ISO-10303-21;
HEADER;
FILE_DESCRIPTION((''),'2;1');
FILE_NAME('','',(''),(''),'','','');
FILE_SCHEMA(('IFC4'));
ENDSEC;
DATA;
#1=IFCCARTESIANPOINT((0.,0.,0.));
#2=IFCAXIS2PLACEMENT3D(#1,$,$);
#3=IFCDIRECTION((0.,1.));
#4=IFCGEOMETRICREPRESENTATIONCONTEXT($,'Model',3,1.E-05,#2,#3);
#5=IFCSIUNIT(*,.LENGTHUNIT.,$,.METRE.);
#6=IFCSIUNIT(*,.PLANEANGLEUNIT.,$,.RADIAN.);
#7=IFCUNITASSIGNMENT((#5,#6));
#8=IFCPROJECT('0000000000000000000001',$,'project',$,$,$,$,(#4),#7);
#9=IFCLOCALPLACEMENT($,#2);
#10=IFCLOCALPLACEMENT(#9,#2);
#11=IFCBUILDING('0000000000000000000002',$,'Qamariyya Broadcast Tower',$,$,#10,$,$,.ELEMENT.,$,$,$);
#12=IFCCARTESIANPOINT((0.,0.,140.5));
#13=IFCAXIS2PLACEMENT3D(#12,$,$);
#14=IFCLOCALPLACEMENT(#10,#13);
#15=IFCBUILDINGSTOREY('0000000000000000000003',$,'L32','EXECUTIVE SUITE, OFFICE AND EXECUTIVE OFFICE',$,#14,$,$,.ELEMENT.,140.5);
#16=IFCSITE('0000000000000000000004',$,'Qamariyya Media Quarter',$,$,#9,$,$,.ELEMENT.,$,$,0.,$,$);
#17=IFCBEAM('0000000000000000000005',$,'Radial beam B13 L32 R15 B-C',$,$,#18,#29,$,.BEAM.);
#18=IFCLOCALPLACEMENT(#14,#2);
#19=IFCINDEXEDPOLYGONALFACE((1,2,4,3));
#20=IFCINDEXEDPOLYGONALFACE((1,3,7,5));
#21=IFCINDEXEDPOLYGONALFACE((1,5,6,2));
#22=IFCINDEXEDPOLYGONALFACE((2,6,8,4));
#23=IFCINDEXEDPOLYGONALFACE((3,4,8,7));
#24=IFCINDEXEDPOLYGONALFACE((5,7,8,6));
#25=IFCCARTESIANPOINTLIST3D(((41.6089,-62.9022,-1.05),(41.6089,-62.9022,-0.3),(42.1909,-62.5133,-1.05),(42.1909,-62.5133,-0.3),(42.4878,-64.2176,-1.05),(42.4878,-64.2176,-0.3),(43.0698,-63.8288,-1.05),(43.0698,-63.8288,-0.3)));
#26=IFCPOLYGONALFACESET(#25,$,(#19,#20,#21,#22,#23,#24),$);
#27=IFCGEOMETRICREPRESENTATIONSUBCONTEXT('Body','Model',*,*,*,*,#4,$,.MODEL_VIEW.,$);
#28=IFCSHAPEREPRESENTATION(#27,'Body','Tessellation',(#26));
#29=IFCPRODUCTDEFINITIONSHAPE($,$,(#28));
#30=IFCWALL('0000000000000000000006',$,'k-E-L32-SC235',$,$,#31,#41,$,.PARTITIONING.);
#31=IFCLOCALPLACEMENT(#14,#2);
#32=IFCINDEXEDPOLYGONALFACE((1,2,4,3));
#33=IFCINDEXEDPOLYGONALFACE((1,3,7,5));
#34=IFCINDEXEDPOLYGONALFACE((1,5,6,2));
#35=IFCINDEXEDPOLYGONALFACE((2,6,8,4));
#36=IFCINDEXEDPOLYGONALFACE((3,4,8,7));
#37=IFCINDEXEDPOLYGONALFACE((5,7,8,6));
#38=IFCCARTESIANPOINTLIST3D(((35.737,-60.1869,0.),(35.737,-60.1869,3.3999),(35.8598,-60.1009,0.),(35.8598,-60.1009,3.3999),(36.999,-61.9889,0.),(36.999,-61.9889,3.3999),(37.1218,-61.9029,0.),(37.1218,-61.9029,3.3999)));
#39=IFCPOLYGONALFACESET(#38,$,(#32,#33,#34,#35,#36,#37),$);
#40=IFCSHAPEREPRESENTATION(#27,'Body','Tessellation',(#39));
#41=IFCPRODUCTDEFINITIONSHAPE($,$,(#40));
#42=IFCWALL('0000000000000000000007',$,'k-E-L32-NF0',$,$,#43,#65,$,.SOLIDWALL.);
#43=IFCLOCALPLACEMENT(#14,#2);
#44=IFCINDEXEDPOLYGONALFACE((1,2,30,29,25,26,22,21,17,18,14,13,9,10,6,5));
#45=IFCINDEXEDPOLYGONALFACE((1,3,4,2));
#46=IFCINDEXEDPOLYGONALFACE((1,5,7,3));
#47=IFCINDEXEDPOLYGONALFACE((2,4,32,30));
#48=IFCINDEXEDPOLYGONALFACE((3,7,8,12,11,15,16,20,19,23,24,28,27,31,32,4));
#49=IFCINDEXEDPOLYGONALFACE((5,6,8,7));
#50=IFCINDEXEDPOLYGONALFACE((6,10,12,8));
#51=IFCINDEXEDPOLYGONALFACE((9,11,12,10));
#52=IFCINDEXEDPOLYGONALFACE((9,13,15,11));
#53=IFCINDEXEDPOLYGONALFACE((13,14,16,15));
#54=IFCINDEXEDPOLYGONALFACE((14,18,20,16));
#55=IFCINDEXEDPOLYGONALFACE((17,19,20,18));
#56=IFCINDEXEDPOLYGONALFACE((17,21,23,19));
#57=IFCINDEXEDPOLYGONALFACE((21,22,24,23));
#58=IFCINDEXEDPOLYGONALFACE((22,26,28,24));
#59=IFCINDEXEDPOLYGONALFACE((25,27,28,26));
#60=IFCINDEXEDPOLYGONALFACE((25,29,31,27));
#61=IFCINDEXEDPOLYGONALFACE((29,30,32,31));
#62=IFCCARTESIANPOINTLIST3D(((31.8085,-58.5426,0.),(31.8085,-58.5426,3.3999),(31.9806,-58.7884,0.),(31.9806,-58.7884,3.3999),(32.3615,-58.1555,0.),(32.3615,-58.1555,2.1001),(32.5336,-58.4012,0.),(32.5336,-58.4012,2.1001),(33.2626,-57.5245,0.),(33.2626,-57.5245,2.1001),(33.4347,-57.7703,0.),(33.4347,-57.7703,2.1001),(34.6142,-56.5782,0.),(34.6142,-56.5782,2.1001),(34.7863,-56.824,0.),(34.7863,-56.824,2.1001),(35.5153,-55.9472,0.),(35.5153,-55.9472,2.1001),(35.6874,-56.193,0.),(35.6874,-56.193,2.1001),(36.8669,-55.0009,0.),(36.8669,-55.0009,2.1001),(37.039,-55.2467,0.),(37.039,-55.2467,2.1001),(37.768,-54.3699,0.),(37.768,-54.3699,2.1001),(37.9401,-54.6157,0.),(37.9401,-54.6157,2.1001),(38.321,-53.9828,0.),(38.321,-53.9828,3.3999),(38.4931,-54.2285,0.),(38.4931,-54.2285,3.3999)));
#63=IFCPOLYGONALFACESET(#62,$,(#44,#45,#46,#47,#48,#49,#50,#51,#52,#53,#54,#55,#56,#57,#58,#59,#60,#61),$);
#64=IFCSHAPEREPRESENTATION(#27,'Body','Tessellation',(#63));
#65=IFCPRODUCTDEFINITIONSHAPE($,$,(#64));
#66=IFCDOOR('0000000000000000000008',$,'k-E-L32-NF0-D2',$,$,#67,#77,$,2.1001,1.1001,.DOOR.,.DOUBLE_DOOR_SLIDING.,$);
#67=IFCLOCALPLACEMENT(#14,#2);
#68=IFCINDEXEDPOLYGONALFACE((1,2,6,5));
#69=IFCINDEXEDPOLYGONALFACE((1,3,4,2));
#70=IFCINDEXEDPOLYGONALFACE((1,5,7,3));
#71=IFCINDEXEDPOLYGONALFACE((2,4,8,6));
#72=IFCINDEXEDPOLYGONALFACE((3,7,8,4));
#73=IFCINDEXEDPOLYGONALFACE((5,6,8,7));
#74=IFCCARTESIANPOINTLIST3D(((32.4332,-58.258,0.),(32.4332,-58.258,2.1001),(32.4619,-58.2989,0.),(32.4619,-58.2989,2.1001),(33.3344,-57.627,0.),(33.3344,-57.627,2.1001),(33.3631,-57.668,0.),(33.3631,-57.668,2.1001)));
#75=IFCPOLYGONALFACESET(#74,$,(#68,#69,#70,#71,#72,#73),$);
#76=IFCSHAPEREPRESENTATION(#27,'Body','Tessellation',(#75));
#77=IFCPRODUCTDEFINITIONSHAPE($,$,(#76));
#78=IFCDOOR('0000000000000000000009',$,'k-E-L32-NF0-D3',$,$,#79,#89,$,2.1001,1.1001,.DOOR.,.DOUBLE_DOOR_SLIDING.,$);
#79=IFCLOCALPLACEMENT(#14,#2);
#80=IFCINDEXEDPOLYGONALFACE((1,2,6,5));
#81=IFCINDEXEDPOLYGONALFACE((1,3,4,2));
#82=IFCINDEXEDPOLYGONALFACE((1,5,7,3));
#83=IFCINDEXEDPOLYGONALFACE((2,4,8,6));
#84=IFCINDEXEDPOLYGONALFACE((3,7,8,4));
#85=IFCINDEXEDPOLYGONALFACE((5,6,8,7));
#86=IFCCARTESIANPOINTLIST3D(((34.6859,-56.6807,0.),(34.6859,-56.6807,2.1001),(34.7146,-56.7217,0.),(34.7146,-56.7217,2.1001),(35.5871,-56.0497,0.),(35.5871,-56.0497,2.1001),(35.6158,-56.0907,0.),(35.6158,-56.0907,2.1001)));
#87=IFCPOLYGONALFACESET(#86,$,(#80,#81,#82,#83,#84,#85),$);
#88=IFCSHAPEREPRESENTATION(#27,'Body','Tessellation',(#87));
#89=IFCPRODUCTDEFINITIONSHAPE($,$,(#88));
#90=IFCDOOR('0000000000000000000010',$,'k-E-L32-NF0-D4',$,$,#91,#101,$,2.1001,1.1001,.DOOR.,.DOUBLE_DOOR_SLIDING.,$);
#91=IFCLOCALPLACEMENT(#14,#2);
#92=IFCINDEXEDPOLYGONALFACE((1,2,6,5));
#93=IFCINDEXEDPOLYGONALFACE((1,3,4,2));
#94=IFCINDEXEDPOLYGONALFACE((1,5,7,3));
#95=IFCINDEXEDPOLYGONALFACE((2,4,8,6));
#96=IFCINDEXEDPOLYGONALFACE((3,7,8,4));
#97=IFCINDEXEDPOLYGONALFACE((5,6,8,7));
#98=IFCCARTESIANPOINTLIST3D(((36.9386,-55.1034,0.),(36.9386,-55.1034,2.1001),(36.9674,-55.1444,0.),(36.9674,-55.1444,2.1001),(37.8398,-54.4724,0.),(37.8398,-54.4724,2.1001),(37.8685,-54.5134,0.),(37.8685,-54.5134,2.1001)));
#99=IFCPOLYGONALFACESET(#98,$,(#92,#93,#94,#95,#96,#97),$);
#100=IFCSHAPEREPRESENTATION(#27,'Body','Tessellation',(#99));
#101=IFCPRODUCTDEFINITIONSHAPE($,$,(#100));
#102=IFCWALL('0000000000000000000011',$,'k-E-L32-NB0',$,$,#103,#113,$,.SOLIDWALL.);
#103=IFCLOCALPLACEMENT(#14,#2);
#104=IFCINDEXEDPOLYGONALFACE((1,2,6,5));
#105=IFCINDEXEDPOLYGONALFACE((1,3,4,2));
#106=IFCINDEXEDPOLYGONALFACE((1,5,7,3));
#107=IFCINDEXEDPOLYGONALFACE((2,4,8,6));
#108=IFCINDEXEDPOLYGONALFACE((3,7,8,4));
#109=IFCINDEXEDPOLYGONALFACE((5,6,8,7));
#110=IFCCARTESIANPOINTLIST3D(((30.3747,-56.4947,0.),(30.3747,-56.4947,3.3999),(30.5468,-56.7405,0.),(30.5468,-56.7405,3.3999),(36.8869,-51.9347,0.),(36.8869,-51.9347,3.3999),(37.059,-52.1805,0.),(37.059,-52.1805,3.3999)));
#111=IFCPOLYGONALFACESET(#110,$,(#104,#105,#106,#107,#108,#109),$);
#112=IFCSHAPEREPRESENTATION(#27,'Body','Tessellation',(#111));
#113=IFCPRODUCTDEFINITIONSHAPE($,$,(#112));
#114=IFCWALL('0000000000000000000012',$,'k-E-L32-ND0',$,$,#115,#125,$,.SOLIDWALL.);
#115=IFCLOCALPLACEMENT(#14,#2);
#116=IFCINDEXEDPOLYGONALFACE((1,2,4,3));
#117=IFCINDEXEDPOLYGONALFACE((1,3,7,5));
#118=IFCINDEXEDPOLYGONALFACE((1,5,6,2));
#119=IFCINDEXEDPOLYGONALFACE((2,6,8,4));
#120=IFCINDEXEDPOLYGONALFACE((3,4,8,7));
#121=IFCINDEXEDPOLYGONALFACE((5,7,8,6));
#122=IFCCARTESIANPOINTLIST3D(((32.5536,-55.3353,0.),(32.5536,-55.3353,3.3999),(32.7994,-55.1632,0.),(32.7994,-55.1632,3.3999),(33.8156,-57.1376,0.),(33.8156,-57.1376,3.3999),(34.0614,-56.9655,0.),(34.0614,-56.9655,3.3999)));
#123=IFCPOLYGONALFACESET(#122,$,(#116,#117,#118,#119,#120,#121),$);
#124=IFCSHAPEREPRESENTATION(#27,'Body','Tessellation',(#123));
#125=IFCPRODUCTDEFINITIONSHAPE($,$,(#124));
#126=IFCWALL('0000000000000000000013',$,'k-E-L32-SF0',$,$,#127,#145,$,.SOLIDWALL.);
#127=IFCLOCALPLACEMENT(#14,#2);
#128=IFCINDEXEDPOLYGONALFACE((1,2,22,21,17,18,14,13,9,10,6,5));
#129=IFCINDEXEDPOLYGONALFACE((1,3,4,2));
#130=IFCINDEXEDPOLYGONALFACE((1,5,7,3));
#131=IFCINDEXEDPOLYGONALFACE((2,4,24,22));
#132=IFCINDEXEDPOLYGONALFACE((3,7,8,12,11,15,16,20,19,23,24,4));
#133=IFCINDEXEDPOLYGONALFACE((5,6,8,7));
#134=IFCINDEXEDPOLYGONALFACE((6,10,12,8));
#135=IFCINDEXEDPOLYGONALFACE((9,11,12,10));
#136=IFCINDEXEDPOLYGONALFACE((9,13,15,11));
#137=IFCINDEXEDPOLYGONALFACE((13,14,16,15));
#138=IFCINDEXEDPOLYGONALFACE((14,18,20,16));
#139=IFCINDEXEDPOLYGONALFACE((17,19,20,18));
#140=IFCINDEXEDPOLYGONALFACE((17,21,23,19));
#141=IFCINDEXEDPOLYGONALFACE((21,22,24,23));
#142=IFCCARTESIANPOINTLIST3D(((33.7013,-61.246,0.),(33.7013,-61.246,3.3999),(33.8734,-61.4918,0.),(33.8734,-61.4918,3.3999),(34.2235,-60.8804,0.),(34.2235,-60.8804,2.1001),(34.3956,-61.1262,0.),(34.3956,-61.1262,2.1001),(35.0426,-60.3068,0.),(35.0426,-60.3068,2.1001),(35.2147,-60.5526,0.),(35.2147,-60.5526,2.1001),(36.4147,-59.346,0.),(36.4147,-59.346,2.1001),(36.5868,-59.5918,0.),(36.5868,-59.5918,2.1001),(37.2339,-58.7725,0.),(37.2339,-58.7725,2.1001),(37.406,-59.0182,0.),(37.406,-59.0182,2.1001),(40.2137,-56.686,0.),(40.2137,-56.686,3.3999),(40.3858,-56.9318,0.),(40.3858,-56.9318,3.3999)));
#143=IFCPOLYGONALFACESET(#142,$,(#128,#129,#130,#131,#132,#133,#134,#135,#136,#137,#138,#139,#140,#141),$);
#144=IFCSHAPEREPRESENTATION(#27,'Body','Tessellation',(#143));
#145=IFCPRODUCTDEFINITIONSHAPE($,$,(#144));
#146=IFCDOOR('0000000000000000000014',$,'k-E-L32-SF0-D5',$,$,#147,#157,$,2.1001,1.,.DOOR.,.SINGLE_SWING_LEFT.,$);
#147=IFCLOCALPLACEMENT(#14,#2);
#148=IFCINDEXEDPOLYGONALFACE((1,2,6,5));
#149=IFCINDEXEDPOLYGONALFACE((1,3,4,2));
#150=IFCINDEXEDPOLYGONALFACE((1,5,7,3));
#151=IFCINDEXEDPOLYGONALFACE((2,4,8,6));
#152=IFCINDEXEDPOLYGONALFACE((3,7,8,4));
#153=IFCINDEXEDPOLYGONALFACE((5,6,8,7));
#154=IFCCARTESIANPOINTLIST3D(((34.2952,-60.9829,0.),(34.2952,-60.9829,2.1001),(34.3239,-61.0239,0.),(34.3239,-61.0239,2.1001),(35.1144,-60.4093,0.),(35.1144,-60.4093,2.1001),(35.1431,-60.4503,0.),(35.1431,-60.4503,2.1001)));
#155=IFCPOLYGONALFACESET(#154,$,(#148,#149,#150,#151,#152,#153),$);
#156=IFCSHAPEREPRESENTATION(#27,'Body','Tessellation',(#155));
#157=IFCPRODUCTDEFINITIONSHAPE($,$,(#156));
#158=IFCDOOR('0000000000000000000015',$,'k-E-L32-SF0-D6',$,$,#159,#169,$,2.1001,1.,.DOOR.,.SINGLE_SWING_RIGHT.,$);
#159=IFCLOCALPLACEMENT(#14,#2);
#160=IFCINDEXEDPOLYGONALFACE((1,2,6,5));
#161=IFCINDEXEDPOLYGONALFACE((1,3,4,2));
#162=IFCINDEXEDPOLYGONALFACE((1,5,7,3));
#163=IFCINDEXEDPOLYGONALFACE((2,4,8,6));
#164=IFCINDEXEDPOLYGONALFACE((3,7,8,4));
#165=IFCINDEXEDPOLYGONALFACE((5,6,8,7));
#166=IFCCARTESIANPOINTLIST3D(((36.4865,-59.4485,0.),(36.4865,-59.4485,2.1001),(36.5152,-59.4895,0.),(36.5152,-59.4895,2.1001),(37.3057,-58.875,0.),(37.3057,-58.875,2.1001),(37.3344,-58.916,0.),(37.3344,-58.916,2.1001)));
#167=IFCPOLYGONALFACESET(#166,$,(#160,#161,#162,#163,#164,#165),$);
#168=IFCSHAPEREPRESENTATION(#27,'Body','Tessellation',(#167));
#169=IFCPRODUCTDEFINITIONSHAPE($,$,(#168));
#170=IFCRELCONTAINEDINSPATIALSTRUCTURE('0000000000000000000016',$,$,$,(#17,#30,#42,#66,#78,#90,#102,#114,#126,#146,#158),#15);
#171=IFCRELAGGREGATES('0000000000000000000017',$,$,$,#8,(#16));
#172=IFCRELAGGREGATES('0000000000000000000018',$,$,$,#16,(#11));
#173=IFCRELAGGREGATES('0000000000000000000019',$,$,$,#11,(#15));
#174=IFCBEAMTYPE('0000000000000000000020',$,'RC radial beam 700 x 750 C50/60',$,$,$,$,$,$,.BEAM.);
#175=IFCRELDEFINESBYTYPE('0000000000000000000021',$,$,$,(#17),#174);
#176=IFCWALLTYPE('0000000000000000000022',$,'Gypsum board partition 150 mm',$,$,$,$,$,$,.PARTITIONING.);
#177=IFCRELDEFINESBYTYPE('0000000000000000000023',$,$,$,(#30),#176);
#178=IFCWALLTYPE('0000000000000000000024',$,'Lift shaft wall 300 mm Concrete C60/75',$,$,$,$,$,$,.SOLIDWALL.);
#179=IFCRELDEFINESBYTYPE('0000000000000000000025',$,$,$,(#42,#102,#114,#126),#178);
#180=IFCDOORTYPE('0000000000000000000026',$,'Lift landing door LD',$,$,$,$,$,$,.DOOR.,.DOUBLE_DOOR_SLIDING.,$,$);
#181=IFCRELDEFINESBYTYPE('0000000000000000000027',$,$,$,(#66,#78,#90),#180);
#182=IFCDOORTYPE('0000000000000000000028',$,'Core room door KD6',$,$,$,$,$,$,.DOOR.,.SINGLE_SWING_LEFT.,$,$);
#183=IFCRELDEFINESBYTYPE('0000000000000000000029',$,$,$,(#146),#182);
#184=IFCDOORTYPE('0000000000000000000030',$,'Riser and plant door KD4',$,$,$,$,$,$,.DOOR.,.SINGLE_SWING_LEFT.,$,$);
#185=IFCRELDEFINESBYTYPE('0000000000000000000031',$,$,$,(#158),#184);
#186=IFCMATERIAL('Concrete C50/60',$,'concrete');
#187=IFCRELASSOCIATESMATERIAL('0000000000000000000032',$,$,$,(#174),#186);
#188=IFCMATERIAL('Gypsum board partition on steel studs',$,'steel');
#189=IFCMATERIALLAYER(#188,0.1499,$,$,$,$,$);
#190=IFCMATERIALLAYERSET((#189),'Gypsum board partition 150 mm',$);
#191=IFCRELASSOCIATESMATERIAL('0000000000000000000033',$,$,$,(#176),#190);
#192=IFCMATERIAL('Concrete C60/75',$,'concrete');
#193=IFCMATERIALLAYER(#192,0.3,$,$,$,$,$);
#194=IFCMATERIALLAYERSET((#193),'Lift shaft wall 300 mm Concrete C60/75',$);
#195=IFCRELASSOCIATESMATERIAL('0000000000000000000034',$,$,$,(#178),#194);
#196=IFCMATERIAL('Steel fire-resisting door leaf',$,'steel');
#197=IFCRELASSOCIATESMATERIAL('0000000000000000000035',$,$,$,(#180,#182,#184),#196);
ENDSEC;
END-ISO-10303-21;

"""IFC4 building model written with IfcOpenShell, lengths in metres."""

from ifc_helpers import new_model, si_unit, direction, frame, frame_2d, origin, origin_2d, place, context, subcontext, project, spatial, rectangle, extrude, material, layer, layer_set, material_profile, profile_set, type_object, element, fill, save


model = new_model("IFC4")

# Units and contexts
model_context = context("Model", 3, precision=1e-05, world=origin(), true_north=direction((0.0, 1.0)))
body_context = subcontext(model_context, "Body", "Model", "MODEL_VIEW")
ifc_project = project(units=[si_unit("LENGTHUNIT", "METRE"), si_unit("PLANEANGLEUNIT", "RADIAN")], contexts=[model_context])

# Site, building, storey
site_placement = place(None, origin())
site = spatial("IfcSite", under=ifc_project, at=site_placement, Name="Qamariyya Media Quarter", CompositionType="ELEMENT", RefElevation=0.0)
building_placement = place(site_placement, origin())
building = spatial("IfcBuilding", under=site, at=building_placement, Name="Qamariyya Broadcast Tower", CompositionType="ELEMENT")
storey_placement = place(building_placement, frame((0.0, 0.0, 140.5)))
storey = spatial("IfcBuildingStorey", under=building, at=storey_placement, Name="L32", Description="EXECUTIVE SUITE, OFFICE AND EXECUTIVE OFFICE", CompositionType="ELEMENT", Elevation=140.5)

# Beam
ifc_material_1 = material(Name="Concrete C50/60", Category="concrete")
ifc_material_profile = material_profile(ifc_material_1, rectangle(XDim=0.7, YDim=0.75, at=origin_2d()))
ifc_profile_set = profile_set([ifc_material_profile], Name="Concrete C50/60")
beam_type = type_object("IfcBeamType", Name="RC radial beam 700 x 750 C50/60", PredefinedType="BEAM", material=ifc_profile_set)
beam_placement = place(storey_placement, frame((41.8999, -62.7078, -0.675), z_axis=(0.555555, -0.83148, 0.0), x_axis=(0.83148, 0.555555, 0.0)))
element("IfcBeam", 1, at=beam_placement, inside=storey, type_object=beam_type, Name="Radial beam B13 L32 R15 B-C", PredefinedType="BEAM", context=body_context, shape_type="SweptSolid", body=[
    extrude(rectangle(XDim=0.7, YDim=0.75, at=origin_2d()), origin(), (0.0, 0.0, 1.0), 1.582),
])

# Wall
ifc_material_2 = material(Name="Gypsum board partition on steel studs", Category="steel")
ifc_layer_1 = layer(ifc_material_2, 0.1499)
ifc_layer_set_1 = layer_set([ifc_layer_1], Name="Gypsum board partition 150 mm")
wall_type_1 = type_object("IfcWallType", Name="Gypsum board partition 150 mm", PredefinedType="PARTITIONING", material=ifc_layer_set_1)
wall_1_placement = place(storey_placement, frame((35.7983, -60.1438, 0.0), z_axis=(0.0, 0.0, 1.0), x_axis=(0.573634, -0.819112, 0.0)))
element("IfcWall", 2, at=wall_1_placement, inside=storey, type_object=wall_type_1, Name="k-E-L32-SC235", PredefinedType="PARTITIONING", context=body_context, shape_type="SweptSolid", body=[
    extrude(rectangle(XDim=2.2, YDim=0.1499, at=frame_2d((1.1001, 0.0))), origin(), (0.0, 0.0, 1.0), 3.3999),
])

# Wall, openings, doors
ifc_material_3 = material(Name="Concrete C60/75", Category="concrete")
ifc_layer_2 = layer(ifc_material_3, 0.3)
ifc_layer_set_2 = layer_set([ifc_layer_2], Name="Lift shaft wall 300 mm Concrete C60/75")
wall_type_2 = type_object("IfcWallType", Name="Lift shaft wall 300 mm Concrete C60/75", PredefinedType="SOLIDWALL", material=ifc_layer_set_2)
wall_2_placement = place(storey_placement, frame((31.8945, -58.6655, 0.0), z_axis=(0.0, 0.0, 1.0), x_axis=(0.819167, 0.573555, 0.0)))
wall_2 = element("IfcWall", 3, at=wall_2_placement, inside=storey, type_object=wall_type_2, Name="k-E-L32-NF0", PredefinedType="SOLIDWALL", context=body_context, shape_type="SweptSolid", body=[
    extrude(rectangle(XDim=7.9502, YDim=0.3, at=frame_2d((3.9751, 0.0))), origin(), (0.0, 0.0, 1.0), 3.3999),
])
opening_1_placement = place(wall_2_placement, frame((0.675, 0.0, 0.0)))
opening_1 = element("IfcOpeningElement", 4, at=opening_1_placement, cuts=wall_2, PredefinedType="OPENING", context=body_context, shape_type="SweptSolid", body=[
    extrude(rectangle(XDim=1.1001, YDim=2.1001, at=frame_2d((0.55, 1.05))), frame((0.0, 0.1599, 0.0), z_axis=(0.0, -1.0, 0.0), x_axis=(1.0, 0.0, 0.0)), (0.0, 0.0, 1.0), 0.3201),
])
opening_2_placement = place(wall_2_placement, frame((3.425, 0.0, 0.0)))
opening_2 = element("IfcOpeningElement", 5, at=opening_2_placement, cuts=wall_2, PredefinedType="OPENING", context=body_context, shape_type="SweptSolid", body=[
    extrude(rectangle(XDim=1.1001, YDim=2.1001, at=frame_2d((0.55, 1.05))), frame((0.0, 0.1599, 0.0), z_axis=(0.0, -1.0, 0.0), x_axis=(1.0, 0.0, 0.0)), (0.0, 0.0, 1.0), 0.3201),
])
opening_3_placement = place(wall_2_placement, frame((6.175, 0.0, 0.0)))
opening_3 = element("IfcOpeningElement", 6, at=opening_3_placement, cuts=wall_2, PredefinedType="OPENING", context=body_context, shape_type="SweptSolid", body=[
    extrude(rectangle(XDim=1.1001, YDim=2.1001, at=frame_2d((0.55, 1.05))), frame((0.0, 0.1599, 0.0), z_axis=(0.0, -1.0, 0.0), x_axis=(1.0, 0.0, 0.0)), (0.0, 0.0, 1.0), 0.3201),
])
ifc_material_4 = material(Name="Steel fire-resisting door leaf", Category="steel")
door_type_1 = type_object("IfcDoorType", Name="Lift landing door LD", OperationType="DOUBLE_DOOR_SLIDING", PredefinedType="DOOR", material=ifc_material_4)
door_1_placement = place(opening_1_placement, origin())
door_1 = element("IfcDoor", 7, at=door_1_placement, inside=storey, type_object=door_type_1, Name="k-E-L32-NF0-D2", OperationType="DOUBLE_DOOR_SLIDING", OverallHeight=2.1001, OverallWidth=1.1001, PredefinedType="DOOR", context=body_context, shape_type="SweptSolid", body=[
    extrude(rectangle(XDim=1.1001, YDim=2.1001, at=frame_2d((0.55, 1.05))), frame((0.0, 0.0249, 0.0), z_axis=(0.0, -1.0, 0.0), x_axis=(1.0, 0.0, 0.0)), (0.0, 0.0, 1.0), 0.05),
])
fill(opening_1, door_1)
door_2_placement = place(opening_2_placement, origin())
door_2 = element("IfcDoor", 8, at=door_2_placement, inside=storey, type_object=door_type_1, Name="k-E-L32-NF0-D3", OperationType="DOUBLE_DOOR_SLIDING", OverallHeight=2.1001, OverallWidth=1.1001, PredefinedType="DOOR", context=body_context, shape_type="SweptSolid", body=[
    extrude(rectangle(XDim=1.1001, YDim=2.1001, at=frame_2d((0.55, 1.05))), frame((0.0, 0.0249, 0.0), z_axis=(0.0, -1.0, 0.0), x_axis=(1.0, 0.0, 0.0)), (0.0, 0.0, 1.0), 0.05),
])
fill(opening_2, door_2)
door_3_placement = place(opening_3_placement, origin())
door_3 = element("IfcDoor", 9, at=door_3_placement, inside=storey, type_object=door_type_1, Name="k-E-L32-NF0-D4", OperationType="DOUBLE_DOOR_SLIDING", OverallHeight=2.1001, OverallWidth=1.1001, PredefinedType="DOOR", context=body_context, shape_type="SweptSolid", body=[
    extrude(rectangle(XDim=1.1001, YDim=2.1001, at=frame_2d((0.55, 1.05))), frame((0.0, 0.0249, 0.0), z_axis=(0.0, -1.0, 0.0), x_axis=(1.0, 0.0, 0.0)), (0.0, 0.0, 1.0), 0.05),
])
fill(opening_3, door_3)

# Walls
wall_3_placement = place(storey_placement, frame((30.4607, -56.6177, 0.0), z_axis=(0.0, 0.0, 1.0), x_axis=(0.819142, 0.57359, 0.0)))
element("IfcWall", 10, at=wall_3_placement, inside=storey, type_object=wall_type_2, Name="k-E-L32-NB0", PredefinedType="SOLIDWALL", context=body_context, shape_type="SweptSolid", body=[
    extrude(rectangle(XDim=7.95, YDim=0.3, at=frame_2d((3.9751, 0.0))), origin(), (0.0, 0.0, 1.0), 3.3999),
])
wall_4_placement = place(storey_placement, frame((33.9385, -57.0515, 0.0), z_axis=(0.0, 0.0, 1.0), x_axis=(-0.573581, 0.819149, 0.0)))
element("IfcWall", 11, at=wall_4_placement, inside=storey, type_object=wall_type_2, Name="k-E-L32-ND0", PredefinedType="SOLIDWALL", context=body_context, shape_type="SweptSolid", body=[
    extrude(rectangle(XDim=2.2002, YDim=0.3, at=frame_2d((1.1001, 0.0))), origin(), (0.0, 0.0, 1.0), 3.3999),
])

# Wall, openings, doors
wall_5_placement = place(storey_placement, frame((33.7874, -61.3689, 0.0), z_axis=(0.0, 0.0, 1.0), x_axis=(0.819153, 0.573576, 0.0)))
wall_5 = element("IfcWall", 12, at=wall_5_placement, inside=storey, type_object=wall_type_2, Name="k-E-L32-SF0", PredefinedType="SOLIDWALL", context=body_context, shape_type="SweptSolid", body=[
    extrude(rectangle(XDim=7.9502, YDim=0.3, at=frame_2d((3.9751, 0.0))), origin(), (0.0, 0.0, 1.0), 3.3999),
])
opening_4_placement = place(wall_5_placement, frame((0.6375, 0.0, 0.0)))
opening_4 = element("IfcOpeningElement", 13, at=opening_4_placement, cuts=wall_5, PredefinedType="OPENING", context=body_context, shape_type="SweptSolid", body=[
    extrude(rectangle(XDim=1.0, YDim=2.1001, at=frame_2d((0.5, 1.05))), frame((0.0, 0.1599, 0.0), z_axis=(0.0, -1.0, 0.0), x_axis=(1.0, 0.0, 0.0)), (0.0, 0.0, 1.0), 0.3201),
])
opening_5_placement = place(wall_5_placement, frame((3.3125, 0.0, 0.0)))
opening_5 = element("IfcOpeningElement", 14, at=opening_5_placement, cuts=wall_5, PredefinedType="OPENING", context=body_context, shape_type="SweptSolid", body=[
    extrude(rectangle(XDim=1.0, YDim=2.1001, at=frame_2d((0.5, 1.05))), frame((0.0, 0.1599, 0.0), z_axis=(0.0, -1.0, 0.0), x_axis=(1.0, 0.0, 0.0)), (0.0, 0.0, 1.0), 0.3201),
])
door_type_2 = type_object("IfcDoorType", Name="Core room door KD6", OperationType="SINGLE_SWING_LEFT", PredefinedType="DOOR", material=ifc_material_4)
door_4_placement = place(opening_4_placement, origin())
door_4 = element("IfcDoor", 15, at=door_4_placement, inside=storey, type_object=door_type_2, Name="k-E-L32-SF0-D5", OperationType="SINGLE_SWING_LEFT", OverallHeight=2.1001, OverallWidth=1.0, PredefinedType="DOOR", context=body_context, shape_type="SweptSolid", body=[
    extrude(rectangle(XDim=1.0, YDim=2.1001, at=frame_2d((0.5, 1.05))), frame((0.0, 0.0249, 0.0), z_axis=(0.0, -1.0, 0.0), x_axis=(1.0, 0.0, 0.0)), (0.0, 0.0, 1.0), 0.05),
])
fill(opening_4, door_4)
door_type_3 = type_object("IfcDoorType", Name="Riser and plant door KD4", OperationType="SINGLE_SWING_LEFT", PredefinedType="DOOR", material=ifc_material_4)
door_5_placement = place(opening_5_placement, origin())
door_5 = element("IfcDoor", 16, at=door_5_placement, inside=storey, type_object=door_type_3, Name="k-E-L32-SF0-D6", OperationType="SINGLE_SWING_RIGHT", OverallHeight=2.1001, OverallWidth=1.0, PredefinedType="DOOR", context=body_context, shape_type="SweptSolid", body=[
    extrude(rectangle(XDim=1.0, YDim=2.1001, at=frame_2d((0.5, 1.05))), frame((0.0, 0.0249, 0.0), z_axis=(0.0, -1.0, 0.0), x_axis=(1.0, 0.0, 0.0)), (0.0, 0.0, 1.0), 0.05),
])
fill(opening_5, door_5)

save(model, "model.ifc")
